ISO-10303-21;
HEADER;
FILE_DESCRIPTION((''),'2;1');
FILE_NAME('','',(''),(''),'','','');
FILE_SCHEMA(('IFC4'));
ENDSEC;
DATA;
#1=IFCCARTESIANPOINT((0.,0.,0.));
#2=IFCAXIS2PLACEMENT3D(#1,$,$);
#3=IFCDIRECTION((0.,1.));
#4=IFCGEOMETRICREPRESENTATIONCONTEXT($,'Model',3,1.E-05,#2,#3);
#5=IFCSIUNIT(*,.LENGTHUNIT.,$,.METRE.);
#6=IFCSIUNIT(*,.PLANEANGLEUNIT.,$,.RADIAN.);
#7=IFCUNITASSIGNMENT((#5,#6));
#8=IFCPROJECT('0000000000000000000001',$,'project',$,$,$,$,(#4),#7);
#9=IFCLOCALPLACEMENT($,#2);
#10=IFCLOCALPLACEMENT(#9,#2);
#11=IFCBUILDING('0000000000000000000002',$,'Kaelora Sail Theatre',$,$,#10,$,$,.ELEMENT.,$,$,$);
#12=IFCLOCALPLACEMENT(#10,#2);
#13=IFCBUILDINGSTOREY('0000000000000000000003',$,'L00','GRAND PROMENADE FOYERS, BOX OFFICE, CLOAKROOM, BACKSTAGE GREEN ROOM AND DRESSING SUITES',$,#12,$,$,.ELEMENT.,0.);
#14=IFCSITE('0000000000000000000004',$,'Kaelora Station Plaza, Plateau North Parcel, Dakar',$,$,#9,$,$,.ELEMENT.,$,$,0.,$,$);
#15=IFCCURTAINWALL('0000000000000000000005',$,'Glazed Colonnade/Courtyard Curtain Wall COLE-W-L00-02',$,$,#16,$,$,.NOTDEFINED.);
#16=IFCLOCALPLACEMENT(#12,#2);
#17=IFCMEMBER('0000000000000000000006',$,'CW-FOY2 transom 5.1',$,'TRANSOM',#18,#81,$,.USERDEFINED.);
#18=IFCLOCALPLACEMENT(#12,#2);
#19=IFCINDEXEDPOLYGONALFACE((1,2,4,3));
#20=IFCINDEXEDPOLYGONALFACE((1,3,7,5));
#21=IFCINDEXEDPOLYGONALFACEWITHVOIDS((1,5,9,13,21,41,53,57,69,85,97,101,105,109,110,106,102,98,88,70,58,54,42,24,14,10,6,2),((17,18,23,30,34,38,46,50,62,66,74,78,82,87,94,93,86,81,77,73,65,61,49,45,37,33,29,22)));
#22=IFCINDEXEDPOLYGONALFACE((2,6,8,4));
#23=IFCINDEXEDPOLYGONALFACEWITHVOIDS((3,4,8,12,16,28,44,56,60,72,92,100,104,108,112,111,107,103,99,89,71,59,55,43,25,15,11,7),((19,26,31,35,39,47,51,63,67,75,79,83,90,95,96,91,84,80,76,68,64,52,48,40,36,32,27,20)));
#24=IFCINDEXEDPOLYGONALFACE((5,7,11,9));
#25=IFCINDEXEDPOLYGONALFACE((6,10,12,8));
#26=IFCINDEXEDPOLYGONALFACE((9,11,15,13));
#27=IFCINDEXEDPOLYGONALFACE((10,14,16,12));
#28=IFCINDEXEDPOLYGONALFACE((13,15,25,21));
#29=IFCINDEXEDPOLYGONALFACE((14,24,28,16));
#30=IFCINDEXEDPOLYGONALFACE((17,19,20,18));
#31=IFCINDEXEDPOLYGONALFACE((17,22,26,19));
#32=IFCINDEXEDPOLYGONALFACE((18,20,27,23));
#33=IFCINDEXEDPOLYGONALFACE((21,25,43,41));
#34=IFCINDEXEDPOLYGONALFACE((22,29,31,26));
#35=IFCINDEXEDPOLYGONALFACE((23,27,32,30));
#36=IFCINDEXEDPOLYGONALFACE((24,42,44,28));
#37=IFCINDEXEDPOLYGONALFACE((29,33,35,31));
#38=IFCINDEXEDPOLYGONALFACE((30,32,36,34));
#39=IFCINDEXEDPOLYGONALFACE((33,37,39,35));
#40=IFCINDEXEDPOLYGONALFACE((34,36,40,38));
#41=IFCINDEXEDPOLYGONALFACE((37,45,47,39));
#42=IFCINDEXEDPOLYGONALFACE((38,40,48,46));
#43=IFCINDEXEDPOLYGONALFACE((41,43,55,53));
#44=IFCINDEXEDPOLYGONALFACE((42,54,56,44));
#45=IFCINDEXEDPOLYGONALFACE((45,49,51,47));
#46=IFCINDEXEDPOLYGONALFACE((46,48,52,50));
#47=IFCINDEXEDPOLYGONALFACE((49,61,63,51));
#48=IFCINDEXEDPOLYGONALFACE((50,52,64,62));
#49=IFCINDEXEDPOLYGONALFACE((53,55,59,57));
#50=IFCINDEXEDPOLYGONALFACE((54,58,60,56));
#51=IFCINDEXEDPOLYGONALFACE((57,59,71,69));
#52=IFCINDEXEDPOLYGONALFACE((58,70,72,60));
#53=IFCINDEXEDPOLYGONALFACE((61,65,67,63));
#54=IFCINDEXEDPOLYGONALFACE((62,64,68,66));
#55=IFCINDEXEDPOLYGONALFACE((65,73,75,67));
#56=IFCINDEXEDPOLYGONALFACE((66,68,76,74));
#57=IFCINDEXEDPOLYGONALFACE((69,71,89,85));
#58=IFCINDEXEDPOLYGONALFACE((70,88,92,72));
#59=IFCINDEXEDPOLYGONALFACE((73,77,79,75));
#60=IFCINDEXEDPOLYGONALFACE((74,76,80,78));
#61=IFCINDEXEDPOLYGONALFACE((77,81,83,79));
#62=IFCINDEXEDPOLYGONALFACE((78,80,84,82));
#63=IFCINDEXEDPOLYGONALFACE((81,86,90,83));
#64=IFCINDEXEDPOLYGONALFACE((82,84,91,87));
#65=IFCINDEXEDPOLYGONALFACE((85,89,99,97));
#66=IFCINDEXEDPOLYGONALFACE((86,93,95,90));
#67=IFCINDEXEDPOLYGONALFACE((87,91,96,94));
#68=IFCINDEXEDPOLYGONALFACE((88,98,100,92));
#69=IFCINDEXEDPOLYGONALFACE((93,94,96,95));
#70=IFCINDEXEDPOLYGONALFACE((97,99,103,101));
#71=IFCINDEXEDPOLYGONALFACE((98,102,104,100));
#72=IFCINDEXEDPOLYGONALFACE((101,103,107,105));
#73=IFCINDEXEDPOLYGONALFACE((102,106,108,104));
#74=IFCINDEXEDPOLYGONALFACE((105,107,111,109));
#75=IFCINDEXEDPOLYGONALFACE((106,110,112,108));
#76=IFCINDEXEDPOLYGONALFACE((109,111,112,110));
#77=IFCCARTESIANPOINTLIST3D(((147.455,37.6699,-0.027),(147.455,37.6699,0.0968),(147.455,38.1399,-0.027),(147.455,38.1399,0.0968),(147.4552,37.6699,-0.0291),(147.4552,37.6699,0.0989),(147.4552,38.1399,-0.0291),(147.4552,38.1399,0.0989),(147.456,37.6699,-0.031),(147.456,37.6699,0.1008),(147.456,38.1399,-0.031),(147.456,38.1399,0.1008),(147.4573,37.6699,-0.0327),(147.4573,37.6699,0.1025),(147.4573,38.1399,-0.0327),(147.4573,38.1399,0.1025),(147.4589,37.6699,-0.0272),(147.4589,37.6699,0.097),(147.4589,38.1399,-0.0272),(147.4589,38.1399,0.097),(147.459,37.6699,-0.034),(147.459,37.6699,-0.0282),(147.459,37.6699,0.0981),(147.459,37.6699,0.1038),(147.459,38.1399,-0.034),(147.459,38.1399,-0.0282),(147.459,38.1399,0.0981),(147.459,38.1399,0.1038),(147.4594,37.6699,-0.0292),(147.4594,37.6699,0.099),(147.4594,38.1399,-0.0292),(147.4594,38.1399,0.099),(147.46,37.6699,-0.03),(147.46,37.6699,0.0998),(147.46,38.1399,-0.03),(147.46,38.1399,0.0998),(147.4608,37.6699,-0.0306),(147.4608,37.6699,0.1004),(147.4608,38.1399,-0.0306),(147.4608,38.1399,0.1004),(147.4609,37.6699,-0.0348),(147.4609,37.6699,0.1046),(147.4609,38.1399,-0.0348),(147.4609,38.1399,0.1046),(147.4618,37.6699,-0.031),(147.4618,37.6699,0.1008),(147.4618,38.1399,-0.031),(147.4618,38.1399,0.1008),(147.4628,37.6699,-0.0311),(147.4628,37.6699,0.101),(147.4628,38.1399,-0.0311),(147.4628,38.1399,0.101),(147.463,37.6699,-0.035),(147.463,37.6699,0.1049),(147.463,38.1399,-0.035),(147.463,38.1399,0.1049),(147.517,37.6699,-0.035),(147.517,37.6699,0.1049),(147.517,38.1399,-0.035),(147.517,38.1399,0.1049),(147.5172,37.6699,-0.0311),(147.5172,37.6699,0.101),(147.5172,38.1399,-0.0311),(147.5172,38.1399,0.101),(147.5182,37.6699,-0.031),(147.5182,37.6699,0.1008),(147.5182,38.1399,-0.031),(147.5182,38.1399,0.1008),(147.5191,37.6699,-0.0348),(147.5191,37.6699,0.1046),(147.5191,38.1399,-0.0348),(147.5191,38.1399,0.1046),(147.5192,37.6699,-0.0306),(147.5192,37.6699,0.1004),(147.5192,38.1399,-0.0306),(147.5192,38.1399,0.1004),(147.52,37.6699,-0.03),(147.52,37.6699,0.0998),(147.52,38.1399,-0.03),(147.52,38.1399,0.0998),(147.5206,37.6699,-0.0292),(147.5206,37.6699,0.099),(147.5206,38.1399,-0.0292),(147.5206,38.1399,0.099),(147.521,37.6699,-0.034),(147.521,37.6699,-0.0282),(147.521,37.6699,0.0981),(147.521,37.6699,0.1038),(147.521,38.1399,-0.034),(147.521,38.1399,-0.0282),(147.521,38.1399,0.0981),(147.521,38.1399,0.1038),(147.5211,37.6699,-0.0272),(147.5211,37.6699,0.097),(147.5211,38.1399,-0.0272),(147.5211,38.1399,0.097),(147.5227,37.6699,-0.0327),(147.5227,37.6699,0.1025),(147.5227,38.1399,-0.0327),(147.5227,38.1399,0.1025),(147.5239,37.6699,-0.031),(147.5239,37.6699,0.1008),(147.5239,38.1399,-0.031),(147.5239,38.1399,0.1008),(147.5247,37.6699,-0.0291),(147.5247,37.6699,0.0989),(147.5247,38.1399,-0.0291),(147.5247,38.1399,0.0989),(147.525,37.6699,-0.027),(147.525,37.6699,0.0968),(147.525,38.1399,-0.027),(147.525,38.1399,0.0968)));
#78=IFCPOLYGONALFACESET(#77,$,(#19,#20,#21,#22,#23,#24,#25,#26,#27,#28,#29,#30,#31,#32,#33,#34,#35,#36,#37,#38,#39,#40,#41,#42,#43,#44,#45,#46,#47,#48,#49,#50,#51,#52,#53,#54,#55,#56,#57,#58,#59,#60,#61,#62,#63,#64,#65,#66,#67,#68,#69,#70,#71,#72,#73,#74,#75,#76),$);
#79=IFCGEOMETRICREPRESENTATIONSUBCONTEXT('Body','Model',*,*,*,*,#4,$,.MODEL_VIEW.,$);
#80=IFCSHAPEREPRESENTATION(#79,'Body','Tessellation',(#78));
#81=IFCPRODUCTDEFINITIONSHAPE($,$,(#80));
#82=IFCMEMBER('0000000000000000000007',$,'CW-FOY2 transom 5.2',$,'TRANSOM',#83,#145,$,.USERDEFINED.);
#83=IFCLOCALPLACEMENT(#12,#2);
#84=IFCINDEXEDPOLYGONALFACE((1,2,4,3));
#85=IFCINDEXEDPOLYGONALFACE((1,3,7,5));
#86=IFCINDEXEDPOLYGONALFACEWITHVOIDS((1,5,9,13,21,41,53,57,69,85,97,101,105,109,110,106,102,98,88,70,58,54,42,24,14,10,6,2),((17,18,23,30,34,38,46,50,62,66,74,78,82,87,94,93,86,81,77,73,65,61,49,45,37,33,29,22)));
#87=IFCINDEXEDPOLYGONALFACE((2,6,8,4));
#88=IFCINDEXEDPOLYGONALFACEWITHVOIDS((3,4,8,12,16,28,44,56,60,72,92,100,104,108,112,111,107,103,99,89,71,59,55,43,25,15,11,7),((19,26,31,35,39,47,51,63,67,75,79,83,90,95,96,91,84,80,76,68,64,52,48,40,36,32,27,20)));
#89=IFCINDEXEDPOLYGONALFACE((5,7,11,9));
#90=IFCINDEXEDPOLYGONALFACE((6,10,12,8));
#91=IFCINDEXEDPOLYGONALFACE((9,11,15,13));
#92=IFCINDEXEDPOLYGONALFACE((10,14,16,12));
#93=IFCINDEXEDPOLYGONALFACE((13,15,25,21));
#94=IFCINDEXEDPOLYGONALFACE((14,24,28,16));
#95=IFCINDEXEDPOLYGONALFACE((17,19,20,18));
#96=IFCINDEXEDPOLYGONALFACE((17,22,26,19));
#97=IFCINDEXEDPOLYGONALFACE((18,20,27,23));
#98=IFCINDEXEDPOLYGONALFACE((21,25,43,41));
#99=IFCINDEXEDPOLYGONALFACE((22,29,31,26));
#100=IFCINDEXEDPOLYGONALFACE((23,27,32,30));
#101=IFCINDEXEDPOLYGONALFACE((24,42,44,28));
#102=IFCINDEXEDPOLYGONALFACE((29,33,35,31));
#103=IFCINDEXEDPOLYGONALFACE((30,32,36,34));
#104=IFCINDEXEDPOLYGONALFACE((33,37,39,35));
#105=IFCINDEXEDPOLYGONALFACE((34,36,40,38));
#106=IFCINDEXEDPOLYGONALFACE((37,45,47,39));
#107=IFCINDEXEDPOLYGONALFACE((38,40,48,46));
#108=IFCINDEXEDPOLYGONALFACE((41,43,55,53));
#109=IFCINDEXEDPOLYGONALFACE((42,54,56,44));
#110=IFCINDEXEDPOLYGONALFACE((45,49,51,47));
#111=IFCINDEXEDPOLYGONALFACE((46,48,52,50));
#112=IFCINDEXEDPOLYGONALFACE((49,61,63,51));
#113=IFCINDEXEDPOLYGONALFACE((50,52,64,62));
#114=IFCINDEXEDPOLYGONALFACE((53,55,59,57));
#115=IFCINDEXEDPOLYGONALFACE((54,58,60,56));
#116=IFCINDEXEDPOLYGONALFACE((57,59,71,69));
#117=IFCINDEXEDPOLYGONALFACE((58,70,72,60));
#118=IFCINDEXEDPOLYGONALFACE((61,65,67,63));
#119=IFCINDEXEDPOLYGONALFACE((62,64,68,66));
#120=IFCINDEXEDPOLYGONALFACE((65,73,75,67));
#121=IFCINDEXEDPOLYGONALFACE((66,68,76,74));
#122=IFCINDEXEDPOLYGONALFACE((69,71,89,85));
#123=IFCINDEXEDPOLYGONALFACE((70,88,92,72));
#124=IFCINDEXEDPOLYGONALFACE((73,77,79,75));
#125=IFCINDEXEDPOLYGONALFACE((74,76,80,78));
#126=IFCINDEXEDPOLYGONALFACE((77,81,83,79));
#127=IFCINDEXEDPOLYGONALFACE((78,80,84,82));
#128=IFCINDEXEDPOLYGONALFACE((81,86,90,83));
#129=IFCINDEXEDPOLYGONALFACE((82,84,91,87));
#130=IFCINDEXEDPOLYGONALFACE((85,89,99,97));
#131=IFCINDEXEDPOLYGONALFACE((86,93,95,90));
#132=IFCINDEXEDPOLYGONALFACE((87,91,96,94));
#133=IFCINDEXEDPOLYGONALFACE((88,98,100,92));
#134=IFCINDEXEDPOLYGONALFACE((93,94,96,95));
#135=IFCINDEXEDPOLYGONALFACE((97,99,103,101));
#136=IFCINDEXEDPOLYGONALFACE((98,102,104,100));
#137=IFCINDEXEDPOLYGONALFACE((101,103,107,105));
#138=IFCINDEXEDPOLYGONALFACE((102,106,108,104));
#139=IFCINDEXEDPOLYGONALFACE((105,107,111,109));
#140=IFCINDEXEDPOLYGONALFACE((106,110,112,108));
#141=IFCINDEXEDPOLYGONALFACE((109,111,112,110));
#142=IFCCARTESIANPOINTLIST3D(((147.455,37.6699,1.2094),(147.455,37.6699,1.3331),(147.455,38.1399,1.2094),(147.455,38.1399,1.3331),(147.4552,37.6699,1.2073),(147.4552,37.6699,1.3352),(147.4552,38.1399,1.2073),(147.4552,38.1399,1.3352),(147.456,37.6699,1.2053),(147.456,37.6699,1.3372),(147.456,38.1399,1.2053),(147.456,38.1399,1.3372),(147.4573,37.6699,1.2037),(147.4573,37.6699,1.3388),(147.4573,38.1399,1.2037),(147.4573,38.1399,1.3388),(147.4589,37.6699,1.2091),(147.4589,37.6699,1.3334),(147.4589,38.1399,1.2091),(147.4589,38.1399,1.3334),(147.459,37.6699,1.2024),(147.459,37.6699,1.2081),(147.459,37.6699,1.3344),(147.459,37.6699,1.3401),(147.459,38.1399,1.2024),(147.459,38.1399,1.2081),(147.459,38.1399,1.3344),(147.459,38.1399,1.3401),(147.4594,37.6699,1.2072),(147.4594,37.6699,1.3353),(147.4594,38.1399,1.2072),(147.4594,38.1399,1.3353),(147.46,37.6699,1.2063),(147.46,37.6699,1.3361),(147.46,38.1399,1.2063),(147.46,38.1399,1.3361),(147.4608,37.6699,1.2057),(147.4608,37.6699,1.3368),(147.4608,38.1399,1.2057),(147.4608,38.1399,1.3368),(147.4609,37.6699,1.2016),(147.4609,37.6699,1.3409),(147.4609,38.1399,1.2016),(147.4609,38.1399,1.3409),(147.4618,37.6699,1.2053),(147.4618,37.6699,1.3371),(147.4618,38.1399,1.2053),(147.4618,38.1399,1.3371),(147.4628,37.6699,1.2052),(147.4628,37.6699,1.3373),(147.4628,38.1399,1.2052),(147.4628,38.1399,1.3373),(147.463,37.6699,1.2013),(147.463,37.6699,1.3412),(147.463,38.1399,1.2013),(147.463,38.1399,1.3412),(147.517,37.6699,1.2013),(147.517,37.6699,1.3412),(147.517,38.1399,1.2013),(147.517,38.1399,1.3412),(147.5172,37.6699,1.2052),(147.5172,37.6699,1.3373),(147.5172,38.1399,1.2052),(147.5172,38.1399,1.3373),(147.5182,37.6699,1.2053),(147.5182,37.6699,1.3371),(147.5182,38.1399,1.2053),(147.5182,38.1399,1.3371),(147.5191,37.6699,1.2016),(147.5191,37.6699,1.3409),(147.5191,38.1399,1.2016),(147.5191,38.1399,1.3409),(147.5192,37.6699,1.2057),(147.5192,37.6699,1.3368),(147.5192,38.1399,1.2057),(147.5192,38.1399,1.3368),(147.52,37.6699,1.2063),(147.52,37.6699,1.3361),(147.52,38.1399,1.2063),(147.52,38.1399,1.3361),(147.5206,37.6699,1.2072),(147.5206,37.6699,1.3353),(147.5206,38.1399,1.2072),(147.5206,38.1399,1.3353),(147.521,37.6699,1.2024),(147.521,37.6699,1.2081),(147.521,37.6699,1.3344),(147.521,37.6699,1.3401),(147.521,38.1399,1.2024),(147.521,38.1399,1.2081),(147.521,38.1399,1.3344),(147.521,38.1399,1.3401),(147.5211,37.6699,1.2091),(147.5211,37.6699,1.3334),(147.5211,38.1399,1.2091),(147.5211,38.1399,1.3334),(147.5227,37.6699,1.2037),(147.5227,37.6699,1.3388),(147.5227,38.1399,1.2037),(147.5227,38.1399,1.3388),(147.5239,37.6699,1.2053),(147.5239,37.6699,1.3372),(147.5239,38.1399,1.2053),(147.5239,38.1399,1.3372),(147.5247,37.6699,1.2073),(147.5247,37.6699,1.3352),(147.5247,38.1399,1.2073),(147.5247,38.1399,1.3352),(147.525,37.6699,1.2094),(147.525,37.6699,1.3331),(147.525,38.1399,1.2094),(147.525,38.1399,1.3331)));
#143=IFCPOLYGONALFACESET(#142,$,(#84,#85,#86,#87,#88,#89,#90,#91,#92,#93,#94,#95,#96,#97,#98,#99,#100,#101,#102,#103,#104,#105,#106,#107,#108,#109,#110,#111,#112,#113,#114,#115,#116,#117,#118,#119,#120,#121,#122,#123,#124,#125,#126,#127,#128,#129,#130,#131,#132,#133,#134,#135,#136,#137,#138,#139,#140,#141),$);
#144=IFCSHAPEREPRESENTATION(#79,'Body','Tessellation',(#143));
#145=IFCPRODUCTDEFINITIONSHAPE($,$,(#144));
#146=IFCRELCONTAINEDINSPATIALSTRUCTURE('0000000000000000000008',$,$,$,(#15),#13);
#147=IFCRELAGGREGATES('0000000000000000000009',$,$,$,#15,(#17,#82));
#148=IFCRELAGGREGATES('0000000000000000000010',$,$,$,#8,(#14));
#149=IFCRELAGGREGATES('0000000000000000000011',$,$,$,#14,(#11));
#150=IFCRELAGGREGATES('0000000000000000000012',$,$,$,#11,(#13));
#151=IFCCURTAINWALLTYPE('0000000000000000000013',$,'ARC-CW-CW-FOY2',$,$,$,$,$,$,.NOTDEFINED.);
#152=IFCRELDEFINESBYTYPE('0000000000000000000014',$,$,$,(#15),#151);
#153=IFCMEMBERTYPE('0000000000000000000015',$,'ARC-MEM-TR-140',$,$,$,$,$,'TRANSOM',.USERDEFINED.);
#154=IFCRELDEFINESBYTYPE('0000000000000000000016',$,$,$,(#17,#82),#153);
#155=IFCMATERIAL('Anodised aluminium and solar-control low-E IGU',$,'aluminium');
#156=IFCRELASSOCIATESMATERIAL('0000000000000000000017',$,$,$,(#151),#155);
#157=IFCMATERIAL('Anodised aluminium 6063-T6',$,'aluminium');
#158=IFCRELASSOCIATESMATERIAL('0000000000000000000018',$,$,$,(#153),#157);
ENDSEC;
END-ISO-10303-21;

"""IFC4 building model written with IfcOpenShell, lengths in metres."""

from ifc_helpers import new_model, si_unit, direction, frame, origin, origin_2d, place, context, subcontext, project, spatial, hollow_rectangle, extrude, material, material_profile, profile_set, type_object, element, aggregate, save


model = new_model("IFC4")

# Units and contexts
model_context = context("Model", 3, precision=1e-05, world=origin(), true_north=direction((0.0, 1.0)))
body_context = subcontext(model_context, "Body", "Model", "MODEL_VIEW")
ifc_project = project(units=[si_unit("LENGTHUNIT", "METRE"), si_unit("PLANEANGLEUNIT", "RADIAN")], contexts=[model_context])

# Site, building, storey
site_placement = place(None, origin())
site = spatial("IfcSite", under=ifc_project, at=site_placement, Name="Kaelora Station Plaza, Plateau North Parcel, Dakar", CompositionType="ELEMENT", RefElevation=0.0)
building_placement = place(site_placement, origin())
building = spatial("IfcBuilding", under=site, at=building_placement, Name="Kaelora Sail Theatre", CompositionType="ELEMENT")
storey_placement = place(building_placement, origin())
storey = spatial("IfcBuildingStorey", under=building, at=storey_placement, Name="L00", Description="GRAND PROMENADE FOYERS, BOX OFFICE, CLOAKROOM, BACKSTAGE GREEN ROOM AND DRESSING SUITES", CompositionType="ELEMENT", Elevation=0.0)

# Curtain wall
ifc_material_1 = material(Name="Anodised aluminium and solar-control low-E IGU", Category="aluminium")
curtain_wall_type = type_object("IfcCurtainWallType", Name="ARC-CW-CW-FOY2", PredefinedType="NOTDEFINED", material=ifc_material_1)
curtain_wall_1_placement = place(storey_placement, origin())
curtain_wall_1 = element("IfcCurtainWall", 1, at=curtain_wall_1_placement, inside=storey, type_object=curtain_wall_type, Name="Glazed Colonnade/Courtyard Curtain Wall COLE-W-L00-02", PredefinedType="NOTDEFINED")

# Members
ifc_material_2 = material(Name="Anodised aluminium 6063-T6", Category="aluminium")
ifc_material_profile_1 = material_profile(ifc_material_2, hollow_rectangle(XDim=0.0701, YDim=0.1399, WallThickness=0.0039, InnerFilletRadius=0.0039, OuterFilletRadius=0.0081, at=origin_2d()), Name="ALU-TRAN 70x140x4")
ifc_profile_set_1 = profile_set([ifc_material_profile_1], Name="Anodised aluminium 6063-T6")
member_type_1 = type_object("IfcMemberType", Name="ARC-MEM-TR-140", ElementType="TRANSOM", PredefinedType="USERDEFINED", material=ifc_profile_set_1)
member_1_placement = place(storey_placement, frame((147.49, 37.6699, 0.0349), z_axis=(0.0, 1.0, 0.0), x_axis=(-1.0, 0.0, 0.0)))
member_1 = element("IfcMember", 2, at=member_1_placement, type_object=member_type_1, Name="CW-FOY2 transom 5.1", ObjectType="TRANSOM", PredefinedType="USERDEFINED", context=body_context, shape_type="SweptSolid", body=[
    extrude(hollow_rectangle(XDim=0.0701, YDim=0.1399, WallThickness=0.0039, InnerFilletRadius=0.0039, OuterFilletRadius=0.0081, at=origin_2d()), origin(), (0.0, 0.0, 1.0), 0.47),
])
member_2_placement = place(storey_placement, frame((147.49, 37.6699, 1.2712), z_axis=(0.0, 1.0, 0.0), x_axis=(-1.0, 0.0, 0.0)))
member_2 = element("IfcMember", 3, at=member_2_placement, type_object=member_type_1, Name="CW-FOY2 transom 5.2", ObjectType="TRANSOM", PredefinedType="USERDEFINED", context=body_context, shape_type="SweptSolid", body=[
    extrude(hollow_rectangle(XDim=0.0701, YDim=0.1399, WallThickness=0.0039, InnerFilletRadius=0.0039, OuterFilletRadius=0.0081, at=origin_2d()), origin(), (0.0, 0.0, 1.0), 0.47),
])

aggregate(curtain_wall_1, [member_1, member_2])

save(model, "model.ifc")
